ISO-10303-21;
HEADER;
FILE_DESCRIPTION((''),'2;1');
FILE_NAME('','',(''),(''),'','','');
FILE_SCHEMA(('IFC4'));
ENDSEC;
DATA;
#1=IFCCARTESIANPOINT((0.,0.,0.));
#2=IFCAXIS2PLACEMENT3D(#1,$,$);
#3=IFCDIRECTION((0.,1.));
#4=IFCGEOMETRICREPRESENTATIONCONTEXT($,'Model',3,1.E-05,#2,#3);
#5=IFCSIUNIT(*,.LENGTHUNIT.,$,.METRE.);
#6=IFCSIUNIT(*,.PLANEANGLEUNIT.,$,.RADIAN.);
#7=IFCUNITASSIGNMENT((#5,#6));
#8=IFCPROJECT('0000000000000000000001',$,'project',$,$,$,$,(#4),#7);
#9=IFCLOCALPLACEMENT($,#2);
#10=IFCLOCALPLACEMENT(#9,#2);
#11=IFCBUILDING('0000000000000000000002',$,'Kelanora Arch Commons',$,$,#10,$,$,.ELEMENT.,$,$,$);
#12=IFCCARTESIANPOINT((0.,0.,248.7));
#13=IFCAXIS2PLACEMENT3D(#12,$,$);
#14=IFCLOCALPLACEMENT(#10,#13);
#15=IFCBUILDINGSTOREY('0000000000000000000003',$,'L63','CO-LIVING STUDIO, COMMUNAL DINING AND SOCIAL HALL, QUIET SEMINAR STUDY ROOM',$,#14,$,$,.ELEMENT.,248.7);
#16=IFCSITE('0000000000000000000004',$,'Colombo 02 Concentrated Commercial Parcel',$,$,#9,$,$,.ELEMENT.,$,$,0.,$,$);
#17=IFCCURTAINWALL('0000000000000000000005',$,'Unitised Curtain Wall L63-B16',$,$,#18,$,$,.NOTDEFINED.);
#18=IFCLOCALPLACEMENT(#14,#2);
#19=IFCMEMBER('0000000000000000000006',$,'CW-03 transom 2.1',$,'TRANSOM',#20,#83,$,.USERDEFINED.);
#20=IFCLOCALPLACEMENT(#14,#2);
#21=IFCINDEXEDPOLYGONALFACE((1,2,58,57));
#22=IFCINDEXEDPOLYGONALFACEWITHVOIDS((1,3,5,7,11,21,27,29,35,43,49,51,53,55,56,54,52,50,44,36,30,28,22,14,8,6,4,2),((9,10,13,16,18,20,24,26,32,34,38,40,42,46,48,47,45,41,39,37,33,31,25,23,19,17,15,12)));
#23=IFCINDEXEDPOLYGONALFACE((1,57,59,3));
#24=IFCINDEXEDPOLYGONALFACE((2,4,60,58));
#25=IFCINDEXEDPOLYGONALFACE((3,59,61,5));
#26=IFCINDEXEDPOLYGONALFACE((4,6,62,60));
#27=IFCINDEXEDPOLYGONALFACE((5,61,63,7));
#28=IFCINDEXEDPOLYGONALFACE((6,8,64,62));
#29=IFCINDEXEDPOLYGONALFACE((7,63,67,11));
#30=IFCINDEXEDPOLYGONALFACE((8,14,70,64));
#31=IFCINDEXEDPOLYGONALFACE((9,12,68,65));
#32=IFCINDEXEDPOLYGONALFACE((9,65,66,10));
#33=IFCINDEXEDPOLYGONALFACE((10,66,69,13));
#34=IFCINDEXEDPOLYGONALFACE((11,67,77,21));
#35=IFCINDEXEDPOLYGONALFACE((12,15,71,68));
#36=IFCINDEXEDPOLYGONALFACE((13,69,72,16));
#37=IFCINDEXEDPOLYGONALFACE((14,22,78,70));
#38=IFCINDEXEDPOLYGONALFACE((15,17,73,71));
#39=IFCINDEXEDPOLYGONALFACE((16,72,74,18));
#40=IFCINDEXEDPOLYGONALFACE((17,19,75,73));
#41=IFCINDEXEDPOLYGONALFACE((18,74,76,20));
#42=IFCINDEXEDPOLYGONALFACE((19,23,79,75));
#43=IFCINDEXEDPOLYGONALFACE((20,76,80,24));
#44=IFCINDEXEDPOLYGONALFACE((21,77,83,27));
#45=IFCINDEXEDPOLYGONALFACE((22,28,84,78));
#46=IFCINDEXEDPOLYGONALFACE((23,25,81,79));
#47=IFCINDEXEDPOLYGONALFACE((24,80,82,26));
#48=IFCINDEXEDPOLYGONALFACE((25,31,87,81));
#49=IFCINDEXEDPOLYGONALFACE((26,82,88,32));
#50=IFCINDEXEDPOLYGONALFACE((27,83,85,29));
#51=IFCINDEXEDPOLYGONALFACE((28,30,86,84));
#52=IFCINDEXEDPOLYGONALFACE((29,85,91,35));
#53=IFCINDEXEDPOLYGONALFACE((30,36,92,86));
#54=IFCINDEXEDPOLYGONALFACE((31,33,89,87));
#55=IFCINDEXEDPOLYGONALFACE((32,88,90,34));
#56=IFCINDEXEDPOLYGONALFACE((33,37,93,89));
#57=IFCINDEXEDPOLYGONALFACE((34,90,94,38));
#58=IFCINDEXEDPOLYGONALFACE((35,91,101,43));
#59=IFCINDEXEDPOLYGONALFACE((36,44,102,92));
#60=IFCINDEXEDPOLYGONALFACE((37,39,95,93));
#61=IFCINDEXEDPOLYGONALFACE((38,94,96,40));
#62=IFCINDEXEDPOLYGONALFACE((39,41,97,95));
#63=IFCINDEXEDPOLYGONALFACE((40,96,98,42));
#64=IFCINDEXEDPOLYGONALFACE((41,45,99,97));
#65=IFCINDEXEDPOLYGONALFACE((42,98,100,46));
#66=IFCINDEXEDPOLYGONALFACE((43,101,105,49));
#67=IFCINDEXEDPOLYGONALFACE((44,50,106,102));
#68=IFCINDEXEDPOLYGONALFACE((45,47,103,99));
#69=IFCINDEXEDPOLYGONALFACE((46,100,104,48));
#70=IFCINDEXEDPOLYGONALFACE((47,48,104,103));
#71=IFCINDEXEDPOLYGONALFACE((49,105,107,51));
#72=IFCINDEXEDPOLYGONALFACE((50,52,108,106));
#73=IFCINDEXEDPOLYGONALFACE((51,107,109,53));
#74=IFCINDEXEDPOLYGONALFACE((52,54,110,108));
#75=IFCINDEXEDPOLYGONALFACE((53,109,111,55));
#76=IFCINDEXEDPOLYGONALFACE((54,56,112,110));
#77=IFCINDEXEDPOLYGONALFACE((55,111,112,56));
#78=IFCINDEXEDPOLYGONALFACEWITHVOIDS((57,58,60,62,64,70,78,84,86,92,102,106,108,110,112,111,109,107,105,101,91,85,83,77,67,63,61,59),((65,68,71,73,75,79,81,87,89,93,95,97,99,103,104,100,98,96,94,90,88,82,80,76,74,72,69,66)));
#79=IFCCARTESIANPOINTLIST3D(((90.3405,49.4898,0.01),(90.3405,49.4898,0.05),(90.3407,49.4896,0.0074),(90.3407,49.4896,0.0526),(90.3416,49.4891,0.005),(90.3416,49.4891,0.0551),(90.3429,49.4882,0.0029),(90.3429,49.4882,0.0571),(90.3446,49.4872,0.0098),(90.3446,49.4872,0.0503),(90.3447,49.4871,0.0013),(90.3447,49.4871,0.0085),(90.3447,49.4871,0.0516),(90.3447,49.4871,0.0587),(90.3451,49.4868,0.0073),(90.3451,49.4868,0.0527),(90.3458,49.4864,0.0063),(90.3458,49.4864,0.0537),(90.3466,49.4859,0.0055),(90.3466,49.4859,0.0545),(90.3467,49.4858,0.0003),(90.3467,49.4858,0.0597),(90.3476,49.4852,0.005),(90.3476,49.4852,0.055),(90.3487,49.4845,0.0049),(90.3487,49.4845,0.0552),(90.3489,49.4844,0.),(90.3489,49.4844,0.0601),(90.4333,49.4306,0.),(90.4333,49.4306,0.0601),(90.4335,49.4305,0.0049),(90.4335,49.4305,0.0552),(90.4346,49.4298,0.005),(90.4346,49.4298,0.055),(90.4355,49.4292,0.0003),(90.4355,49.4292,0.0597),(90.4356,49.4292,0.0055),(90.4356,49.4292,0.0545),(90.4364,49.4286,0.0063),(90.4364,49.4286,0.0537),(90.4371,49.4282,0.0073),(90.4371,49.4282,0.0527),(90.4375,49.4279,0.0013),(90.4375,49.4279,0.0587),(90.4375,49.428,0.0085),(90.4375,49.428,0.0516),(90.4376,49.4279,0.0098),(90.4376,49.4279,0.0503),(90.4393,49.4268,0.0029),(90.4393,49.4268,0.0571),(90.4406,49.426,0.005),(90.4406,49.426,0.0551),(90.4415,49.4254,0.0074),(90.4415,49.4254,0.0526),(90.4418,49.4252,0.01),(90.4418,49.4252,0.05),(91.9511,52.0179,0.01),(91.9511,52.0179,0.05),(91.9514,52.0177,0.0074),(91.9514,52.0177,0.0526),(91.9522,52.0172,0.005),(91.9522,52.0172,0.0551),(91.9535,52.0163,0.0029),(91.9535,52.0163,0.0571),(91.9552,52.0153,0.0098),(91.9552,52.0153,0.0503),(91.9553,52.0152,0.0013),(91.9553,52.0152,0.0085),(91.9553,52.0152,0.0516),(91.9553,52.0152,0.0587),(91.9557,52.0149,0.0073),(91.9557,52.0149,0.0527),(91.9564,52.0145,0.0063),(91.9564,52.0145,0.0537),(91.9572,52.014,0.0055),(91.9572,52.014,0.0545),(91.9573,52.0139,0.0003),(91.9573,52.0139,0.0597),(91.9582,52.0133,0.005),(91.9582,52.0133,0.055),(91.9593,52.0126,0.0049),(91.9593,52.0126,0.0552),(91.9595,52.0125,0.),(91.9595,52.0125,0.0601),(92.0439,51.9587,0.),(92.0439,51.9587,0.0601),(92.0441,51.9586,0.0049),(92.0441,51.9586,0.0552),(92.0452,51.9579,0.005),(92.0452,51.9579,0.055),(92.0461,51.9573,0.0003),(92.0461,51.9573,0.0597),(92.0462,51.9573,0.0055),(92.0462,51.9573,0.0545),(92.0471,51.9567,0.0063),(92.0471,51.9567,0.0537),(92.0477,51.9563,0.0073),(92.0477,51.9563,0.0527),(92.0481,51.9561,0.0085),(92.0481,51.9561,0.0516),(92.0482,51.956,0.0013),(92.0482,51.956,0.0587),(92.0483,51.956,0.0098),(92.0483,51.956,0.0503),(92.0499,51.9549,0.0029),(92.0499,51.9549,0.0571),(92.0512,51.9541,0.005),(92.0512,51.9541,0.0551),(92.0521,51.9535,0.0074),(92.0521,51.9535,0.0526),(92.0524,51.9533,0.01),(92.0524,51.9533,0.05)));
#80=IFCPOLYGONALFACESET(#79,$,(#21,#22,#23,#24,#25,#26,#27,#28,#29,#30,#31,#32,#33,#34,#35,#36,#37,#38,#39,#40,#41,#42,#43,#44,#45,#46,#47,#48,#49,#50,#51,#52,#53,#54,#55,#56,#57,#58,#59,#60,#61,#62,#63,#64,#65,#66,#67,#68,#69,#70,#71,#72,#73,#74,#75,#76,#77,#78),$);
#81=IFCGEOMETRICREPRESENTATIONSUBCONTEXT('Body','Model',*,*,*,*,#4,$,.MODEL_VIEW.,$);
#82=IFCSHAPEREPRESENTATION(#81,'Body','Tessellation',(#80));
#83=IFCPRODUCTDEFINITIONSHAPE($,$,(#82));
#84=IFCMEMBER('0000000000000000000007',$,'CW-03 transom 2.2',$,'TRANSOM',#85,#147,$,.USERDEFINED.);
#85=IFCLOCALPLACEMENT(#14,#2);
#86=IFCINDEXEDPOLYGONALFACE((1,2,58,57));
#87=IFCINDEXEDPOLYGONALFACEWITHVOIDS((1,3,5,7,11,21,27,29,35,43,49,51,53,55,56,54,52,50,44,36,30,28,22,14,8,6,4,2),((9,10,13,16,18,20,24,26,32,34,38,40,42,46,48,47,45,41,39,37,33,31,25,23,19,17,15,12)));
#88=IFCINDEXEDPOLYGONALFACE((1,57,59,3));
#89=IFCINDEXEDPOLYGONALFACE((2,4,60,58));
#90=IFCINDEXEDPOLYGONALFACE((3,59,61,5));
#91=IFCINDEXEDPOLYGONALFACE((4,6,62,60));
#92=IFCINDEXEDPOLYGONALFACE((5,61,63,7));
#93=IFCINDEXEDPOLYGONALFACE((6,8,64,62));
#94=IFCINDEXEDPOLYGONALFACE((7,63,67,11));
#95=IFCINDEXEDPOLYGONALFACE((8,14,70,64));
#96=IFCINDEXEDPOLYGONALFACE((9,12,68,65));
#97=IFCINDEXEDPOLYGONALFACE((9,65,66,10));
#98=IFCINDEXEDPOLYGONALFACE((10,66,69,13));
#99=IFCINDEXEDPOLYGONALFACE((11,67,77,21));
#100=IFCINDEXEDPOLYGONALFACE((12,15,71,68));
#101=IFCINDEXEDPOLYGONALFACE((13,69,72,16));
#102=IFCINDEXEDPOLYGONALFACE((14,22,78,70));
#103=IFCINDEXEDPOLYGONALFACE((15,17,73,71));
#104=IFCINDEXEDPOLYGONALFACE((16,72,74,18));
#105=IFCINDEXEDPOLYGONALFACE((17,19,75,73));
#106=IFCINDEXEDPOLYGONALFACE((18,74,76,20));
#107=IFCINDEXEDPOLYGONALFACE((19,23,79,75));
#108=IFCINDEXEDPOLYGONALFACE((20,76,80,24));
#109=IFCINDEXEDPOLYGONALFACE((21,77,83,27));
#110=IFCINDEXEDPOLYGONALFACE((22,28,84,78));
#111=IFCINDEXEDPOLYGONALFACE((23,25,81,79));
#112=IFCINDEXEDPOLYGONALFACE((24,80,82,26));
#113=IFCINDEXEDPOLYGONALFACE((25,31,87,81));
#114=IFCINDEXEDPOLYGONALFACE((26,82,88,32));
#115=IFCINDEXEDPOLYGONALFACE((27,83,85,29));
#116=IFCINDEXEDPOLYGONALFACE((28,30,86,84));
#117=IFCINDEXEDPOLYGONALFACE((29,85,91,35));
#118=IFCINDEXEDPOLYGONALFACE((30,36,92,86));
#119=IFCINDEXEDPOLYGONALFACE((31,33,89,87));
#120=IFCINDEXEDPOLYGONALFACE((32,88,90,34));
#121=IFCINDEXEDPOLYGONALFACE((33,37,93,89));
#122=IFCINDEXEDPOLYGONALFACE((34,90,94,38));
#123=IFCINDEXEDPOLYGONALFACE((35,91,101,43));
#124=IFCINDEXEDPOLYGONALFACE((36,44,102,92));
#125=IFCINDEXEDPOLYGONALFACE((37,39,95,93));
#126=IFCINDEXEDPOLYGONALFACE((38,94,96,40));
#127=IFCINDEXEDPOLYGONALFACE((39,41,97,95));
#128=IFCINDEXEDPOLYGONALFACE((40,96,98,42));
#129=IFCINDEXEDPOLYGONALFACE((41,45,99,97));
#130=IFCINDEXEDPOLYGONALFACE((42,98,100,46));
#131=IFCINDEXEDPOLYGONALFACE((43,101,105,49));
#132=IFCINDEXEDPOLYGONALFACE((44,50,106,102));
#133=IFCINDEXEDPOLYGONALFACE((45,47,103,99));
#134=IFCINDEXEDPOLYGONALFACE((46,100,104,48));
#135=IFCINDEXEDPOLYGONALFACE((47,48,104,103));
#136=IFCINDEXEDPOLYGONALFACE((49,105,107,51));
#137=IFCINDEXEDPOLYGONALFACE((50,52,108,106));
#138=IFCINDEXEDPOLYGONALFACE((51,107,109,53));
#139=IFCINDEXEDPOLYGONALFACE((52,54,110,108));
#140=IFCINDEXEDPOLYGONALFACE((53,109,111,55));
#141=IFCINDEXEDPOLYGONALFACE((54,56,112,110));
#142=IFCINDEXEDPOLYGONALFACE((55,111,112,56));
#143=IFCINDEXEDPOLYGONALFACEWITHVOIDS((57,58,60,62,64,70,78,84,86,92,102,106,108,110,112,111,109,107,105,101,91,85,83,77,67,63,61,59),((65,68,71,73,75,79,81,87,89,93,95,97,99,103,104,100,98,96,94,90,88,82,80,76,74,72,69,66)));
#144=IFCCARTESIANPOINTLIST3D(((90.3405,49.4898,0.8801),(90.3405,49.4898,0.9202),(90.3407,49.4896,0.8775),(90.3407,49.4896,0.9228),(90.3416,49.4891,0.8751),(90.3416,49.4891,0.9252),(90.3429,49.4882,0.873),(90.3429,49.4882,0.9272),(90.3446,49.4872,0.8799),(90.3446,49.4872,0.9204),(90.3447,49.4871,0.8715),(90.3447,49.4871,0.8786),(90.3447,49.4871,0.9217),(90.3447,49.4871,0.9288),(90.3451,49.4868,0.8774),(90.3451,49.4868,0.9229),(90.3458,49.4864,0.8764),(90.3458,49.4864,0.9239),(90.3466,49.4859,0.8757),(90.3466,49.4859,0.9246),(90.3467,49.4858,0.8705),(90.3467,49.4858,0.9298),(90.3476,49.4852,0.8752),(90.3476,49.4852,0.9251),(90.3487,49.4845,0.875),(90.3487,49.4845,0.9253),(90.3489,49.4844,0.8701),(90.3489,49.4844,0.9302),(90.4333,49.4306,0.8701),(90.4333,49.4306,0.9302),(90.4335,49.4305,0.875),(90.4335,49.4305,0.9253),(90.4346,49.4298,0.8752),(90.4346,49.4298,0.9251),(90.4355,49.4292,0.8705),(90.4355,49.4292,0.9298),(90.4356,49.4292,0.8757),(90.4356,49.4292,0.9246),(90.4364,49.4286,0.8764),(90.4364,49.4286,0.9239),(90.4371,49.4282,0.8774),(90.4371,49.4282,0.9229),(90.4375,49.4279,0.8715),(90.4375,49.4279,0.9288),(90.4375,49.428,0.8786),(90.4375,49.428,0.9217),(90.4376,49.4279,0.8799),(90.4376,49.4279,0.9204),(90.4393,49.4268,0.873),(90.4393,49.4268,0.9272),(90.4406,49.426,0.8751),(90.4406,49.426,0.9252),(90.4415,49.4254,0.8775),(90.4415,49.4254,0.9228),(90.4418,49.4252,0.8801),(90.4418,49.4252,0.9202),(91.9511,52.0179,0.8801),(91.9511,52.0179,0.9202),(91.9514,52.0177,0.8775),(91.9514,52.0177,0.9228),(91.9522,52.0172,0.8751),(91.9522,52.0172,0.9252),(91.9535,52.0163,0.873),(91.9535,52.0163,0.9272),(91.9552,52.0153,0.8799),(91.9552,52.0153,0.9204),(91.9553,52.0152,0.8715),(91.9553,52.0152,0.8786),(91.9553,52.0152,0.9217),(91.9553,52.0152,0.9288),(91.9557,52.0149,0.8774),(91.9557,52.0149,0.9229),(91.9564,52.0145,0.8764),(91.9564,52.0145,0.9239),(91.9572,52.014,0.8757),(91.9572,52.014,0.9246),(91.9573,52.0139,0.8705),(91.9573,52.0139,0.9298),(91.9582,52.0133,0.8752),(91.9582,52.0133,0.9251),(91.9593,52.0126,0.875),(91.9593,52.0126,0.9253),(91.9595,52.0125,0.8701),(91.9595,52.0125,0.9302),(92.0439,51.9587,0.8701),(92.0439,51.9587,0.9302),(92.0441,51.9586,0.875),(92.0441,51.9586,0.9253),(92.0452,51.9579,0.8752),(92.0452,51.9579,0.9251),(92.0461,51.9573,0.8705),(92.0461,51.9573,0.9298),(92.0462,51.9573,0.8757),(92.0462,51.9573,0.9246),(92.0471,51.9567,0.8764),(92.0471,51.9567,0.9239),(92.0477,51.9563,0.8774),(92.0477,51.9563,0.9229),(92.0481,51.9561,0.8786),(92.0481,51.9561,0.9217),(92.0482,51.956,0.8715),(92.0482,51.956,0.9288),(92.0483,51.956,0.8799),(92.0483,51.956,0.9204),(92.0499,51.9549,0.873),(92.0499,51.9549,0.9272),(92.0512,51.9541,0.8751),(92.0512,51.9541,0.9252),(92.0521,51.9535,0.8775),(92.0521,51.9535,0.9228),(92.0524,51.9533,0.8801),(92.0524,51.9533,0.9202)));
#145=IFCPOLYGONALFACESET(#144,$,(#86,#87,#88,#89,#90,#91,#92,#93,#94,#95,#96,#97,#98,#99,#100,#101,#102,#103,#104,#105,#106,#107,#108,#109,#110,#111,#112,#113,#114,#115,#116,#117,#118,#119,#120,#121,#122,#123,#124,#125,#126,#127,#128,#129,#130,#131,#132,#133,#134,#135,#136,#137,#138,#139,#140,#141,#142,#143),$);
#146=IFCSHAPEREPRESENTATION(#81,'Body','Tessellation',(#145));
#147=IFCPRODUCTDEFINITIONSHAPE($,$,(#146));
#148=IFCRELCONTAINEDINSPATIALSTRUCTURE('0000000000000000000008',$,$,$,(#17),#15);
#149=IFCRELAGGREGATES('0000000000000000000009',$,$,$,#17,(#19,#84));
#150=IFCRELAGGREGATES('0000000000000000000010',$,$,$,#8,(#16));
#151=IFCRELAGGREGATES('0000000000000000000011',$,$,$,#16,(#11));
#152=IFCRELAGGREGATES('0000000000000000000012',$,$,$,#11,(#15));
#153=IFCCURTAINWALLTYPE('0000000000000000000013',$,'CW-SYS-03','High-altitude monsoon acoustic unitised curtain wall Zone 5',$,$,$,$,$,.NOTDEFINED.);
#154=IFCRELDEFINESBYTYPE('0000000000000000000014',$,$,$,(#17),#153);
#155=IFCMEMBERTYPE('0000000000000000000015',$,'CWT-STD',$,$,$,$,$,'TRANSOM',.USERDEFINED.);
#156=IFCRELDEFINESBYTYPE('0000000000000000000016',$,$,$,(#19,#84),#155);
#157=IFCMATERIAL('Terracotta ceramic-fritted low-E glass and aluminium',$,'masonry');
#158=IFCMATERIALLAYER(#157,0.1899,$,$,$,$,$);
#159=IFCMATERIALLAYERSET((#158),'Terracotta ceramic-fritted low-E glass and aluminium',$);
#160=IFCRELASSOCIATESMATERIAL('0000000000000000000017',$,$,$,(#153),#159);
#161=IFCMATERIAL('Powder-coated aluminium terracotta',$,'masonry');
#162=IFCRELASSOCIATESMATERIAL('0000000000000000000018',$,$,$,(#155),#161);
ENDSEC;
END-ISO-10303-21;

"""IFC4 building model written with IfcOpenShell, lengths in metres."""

from ifc_helpers import new_model, si_unit, direction, frame, origin, origin_2d, place, context, subcontext, project, spatial, hollow_rectangle, extrude, material, layer, layer_set, material_profile, profile_set, type_object, element, aggregate, save


model = new_model("IFC4")

# Units and contexts
model_context = context("Model", 3, precision=1e-05, world=origin(), true_north=direction((0.0, 1.0)))
body_context = subcontext(model_context, "Body", "Model", "MODEL_VIEW")
ifc_project = project(units=[si_unit("LENGTHUNIT", "METRE"), si_unit("PLANEANGLEUNIT", "RADIAN")], contexts=[model_context])

# Site, building, storey
site_placement = place(None, origin())
site = spatial("IfcSite", under=ifc_project, at=site_placement, Name="Colombo 02 Concentrated Commercial Parcel", CompositionType="ELEMENT", RefElevation=0.0)
building_placement = place(site_placement, origin())
building = spatial("IfcBuilding", under=site, at=building_placement, Name="Kelanora Arch Commons", CompositionType="ELEMENT")
storey_placement = place(building_placement, frame((0.0, 0.0, 248.7)))
storey = spatial("IfcBuildingStorey", under=building, at=storey_placement, Name="L63", Description="CO-LIVING STUDIO, COMMUNAL DINING AND SOCIAL HALL, QUIET SEMINAR STUDY ROOM", CompositionType="ELEMENT", Elevation=248.7)

# Shared definitions
ifc_material_1 = material(Name="Terracotta ceramic-fritted low-E glass and aluminium", Category="masonry")
ifc_layer_1 = layer(ifc_material_1, 0.1899)
ifc_layer_set_1 = layer_set([ifc_layer_1], Name="Terracotta ceramic-fritted low-E glass and aluminium")
curtain_wall_type = type_object("IfcCurtainWallType", Name="CW-SYS-03", Description="High-altitude monsoon acoustic unitised curtain wall Zone 5", PredefinedType="NOTDEFINED", material=ifc_layer_set_1)
ifc_material_2 = material(Name="Powder-coated aluminium terracotta", Category="masonry")

# Curtain wall, members
curtain_wall_1_placement = place(storey_placement, origin())
curtain_wall_1 = element("IfcCurtainWall", 1, at=curtain_wall_1_placement, inside=storey, type_object=curtain_wall_type, Name="Unitised Curtain Wall L63-B16", PredefinedType="NOTDEFINED")
ifc_material_profile_1 = material_profile(ifc_material_2, hollow_rectangle(XDim=0.1201, YDim=0.0601, WallThickness=0.0049, InnerFilletRadius=0.0049, OuterFilletRadius=0.01, at=origin_2d()), Name="CWT120x60")
ifc_profile_set_1 = profile_set([ifc_material_profile_1], Name="Powder-coated aluminium terracotta")
member_type_1 = type_object("IfcMemberType", Name="CWT-STD", ElementType="TRANSOM", PredefinedType="USERDEFINED", material=ifc_profile_set_1)
member_1_placement = place(storey_placement, frame((90.3911, 49.4575, 0.03), z_axis=(0.537308, 0.843386, 0.0), x_axis=(-0.843386, 0.537308, 0.0)))
member_1 = element("IfcMember", 2, at=member_1_placement, type_object=member_type_1, Name="CW-03 transom 2.1", ObjectType="TRANSOM", PredefinedType="USERDEFINED", context=body_context, shape_type="SweptSolid", body=[
    extrude(hollow_rectangle(XDim=0.1201, YDim=0.0601, WallThickness=0.0049, InnerFilletRadius=0.0049, OuterFilletRadius=0.01, at=origin_2d()), origin(), (0.0, 0.0, 1.0), 2.9976),
])
member_2_placement = place(storey_placement, frame((90.3911, 49.4575, 0.9001), z_axis=(0.537308, 0.843386, 0.0), x_axis=(-0.843386, 0.537308, 0.0)))
member_2 = element("IfcMember", 3, at=member_2_placement, type_object=member_type_1, Name="CW-03 transom 2.2", ObjectType="TRANSOM", PredefinedType="USERDEFINED", context=body_context, shape_type="SweptSolid", body=[
    extrude(hollow_rectangle(XDim=0.1201, YDim=0.0601, WallThickness=0.0049, InnerFilletRadius=0.0049, OuterFilletRadius=0.01, at=origin_2d()), origin(), (0.0, 0.0, 1.0), 2.9976),
])
aggregate(curtain_wall_1, [member_1, member_2])

save(model, "model.ifc")
